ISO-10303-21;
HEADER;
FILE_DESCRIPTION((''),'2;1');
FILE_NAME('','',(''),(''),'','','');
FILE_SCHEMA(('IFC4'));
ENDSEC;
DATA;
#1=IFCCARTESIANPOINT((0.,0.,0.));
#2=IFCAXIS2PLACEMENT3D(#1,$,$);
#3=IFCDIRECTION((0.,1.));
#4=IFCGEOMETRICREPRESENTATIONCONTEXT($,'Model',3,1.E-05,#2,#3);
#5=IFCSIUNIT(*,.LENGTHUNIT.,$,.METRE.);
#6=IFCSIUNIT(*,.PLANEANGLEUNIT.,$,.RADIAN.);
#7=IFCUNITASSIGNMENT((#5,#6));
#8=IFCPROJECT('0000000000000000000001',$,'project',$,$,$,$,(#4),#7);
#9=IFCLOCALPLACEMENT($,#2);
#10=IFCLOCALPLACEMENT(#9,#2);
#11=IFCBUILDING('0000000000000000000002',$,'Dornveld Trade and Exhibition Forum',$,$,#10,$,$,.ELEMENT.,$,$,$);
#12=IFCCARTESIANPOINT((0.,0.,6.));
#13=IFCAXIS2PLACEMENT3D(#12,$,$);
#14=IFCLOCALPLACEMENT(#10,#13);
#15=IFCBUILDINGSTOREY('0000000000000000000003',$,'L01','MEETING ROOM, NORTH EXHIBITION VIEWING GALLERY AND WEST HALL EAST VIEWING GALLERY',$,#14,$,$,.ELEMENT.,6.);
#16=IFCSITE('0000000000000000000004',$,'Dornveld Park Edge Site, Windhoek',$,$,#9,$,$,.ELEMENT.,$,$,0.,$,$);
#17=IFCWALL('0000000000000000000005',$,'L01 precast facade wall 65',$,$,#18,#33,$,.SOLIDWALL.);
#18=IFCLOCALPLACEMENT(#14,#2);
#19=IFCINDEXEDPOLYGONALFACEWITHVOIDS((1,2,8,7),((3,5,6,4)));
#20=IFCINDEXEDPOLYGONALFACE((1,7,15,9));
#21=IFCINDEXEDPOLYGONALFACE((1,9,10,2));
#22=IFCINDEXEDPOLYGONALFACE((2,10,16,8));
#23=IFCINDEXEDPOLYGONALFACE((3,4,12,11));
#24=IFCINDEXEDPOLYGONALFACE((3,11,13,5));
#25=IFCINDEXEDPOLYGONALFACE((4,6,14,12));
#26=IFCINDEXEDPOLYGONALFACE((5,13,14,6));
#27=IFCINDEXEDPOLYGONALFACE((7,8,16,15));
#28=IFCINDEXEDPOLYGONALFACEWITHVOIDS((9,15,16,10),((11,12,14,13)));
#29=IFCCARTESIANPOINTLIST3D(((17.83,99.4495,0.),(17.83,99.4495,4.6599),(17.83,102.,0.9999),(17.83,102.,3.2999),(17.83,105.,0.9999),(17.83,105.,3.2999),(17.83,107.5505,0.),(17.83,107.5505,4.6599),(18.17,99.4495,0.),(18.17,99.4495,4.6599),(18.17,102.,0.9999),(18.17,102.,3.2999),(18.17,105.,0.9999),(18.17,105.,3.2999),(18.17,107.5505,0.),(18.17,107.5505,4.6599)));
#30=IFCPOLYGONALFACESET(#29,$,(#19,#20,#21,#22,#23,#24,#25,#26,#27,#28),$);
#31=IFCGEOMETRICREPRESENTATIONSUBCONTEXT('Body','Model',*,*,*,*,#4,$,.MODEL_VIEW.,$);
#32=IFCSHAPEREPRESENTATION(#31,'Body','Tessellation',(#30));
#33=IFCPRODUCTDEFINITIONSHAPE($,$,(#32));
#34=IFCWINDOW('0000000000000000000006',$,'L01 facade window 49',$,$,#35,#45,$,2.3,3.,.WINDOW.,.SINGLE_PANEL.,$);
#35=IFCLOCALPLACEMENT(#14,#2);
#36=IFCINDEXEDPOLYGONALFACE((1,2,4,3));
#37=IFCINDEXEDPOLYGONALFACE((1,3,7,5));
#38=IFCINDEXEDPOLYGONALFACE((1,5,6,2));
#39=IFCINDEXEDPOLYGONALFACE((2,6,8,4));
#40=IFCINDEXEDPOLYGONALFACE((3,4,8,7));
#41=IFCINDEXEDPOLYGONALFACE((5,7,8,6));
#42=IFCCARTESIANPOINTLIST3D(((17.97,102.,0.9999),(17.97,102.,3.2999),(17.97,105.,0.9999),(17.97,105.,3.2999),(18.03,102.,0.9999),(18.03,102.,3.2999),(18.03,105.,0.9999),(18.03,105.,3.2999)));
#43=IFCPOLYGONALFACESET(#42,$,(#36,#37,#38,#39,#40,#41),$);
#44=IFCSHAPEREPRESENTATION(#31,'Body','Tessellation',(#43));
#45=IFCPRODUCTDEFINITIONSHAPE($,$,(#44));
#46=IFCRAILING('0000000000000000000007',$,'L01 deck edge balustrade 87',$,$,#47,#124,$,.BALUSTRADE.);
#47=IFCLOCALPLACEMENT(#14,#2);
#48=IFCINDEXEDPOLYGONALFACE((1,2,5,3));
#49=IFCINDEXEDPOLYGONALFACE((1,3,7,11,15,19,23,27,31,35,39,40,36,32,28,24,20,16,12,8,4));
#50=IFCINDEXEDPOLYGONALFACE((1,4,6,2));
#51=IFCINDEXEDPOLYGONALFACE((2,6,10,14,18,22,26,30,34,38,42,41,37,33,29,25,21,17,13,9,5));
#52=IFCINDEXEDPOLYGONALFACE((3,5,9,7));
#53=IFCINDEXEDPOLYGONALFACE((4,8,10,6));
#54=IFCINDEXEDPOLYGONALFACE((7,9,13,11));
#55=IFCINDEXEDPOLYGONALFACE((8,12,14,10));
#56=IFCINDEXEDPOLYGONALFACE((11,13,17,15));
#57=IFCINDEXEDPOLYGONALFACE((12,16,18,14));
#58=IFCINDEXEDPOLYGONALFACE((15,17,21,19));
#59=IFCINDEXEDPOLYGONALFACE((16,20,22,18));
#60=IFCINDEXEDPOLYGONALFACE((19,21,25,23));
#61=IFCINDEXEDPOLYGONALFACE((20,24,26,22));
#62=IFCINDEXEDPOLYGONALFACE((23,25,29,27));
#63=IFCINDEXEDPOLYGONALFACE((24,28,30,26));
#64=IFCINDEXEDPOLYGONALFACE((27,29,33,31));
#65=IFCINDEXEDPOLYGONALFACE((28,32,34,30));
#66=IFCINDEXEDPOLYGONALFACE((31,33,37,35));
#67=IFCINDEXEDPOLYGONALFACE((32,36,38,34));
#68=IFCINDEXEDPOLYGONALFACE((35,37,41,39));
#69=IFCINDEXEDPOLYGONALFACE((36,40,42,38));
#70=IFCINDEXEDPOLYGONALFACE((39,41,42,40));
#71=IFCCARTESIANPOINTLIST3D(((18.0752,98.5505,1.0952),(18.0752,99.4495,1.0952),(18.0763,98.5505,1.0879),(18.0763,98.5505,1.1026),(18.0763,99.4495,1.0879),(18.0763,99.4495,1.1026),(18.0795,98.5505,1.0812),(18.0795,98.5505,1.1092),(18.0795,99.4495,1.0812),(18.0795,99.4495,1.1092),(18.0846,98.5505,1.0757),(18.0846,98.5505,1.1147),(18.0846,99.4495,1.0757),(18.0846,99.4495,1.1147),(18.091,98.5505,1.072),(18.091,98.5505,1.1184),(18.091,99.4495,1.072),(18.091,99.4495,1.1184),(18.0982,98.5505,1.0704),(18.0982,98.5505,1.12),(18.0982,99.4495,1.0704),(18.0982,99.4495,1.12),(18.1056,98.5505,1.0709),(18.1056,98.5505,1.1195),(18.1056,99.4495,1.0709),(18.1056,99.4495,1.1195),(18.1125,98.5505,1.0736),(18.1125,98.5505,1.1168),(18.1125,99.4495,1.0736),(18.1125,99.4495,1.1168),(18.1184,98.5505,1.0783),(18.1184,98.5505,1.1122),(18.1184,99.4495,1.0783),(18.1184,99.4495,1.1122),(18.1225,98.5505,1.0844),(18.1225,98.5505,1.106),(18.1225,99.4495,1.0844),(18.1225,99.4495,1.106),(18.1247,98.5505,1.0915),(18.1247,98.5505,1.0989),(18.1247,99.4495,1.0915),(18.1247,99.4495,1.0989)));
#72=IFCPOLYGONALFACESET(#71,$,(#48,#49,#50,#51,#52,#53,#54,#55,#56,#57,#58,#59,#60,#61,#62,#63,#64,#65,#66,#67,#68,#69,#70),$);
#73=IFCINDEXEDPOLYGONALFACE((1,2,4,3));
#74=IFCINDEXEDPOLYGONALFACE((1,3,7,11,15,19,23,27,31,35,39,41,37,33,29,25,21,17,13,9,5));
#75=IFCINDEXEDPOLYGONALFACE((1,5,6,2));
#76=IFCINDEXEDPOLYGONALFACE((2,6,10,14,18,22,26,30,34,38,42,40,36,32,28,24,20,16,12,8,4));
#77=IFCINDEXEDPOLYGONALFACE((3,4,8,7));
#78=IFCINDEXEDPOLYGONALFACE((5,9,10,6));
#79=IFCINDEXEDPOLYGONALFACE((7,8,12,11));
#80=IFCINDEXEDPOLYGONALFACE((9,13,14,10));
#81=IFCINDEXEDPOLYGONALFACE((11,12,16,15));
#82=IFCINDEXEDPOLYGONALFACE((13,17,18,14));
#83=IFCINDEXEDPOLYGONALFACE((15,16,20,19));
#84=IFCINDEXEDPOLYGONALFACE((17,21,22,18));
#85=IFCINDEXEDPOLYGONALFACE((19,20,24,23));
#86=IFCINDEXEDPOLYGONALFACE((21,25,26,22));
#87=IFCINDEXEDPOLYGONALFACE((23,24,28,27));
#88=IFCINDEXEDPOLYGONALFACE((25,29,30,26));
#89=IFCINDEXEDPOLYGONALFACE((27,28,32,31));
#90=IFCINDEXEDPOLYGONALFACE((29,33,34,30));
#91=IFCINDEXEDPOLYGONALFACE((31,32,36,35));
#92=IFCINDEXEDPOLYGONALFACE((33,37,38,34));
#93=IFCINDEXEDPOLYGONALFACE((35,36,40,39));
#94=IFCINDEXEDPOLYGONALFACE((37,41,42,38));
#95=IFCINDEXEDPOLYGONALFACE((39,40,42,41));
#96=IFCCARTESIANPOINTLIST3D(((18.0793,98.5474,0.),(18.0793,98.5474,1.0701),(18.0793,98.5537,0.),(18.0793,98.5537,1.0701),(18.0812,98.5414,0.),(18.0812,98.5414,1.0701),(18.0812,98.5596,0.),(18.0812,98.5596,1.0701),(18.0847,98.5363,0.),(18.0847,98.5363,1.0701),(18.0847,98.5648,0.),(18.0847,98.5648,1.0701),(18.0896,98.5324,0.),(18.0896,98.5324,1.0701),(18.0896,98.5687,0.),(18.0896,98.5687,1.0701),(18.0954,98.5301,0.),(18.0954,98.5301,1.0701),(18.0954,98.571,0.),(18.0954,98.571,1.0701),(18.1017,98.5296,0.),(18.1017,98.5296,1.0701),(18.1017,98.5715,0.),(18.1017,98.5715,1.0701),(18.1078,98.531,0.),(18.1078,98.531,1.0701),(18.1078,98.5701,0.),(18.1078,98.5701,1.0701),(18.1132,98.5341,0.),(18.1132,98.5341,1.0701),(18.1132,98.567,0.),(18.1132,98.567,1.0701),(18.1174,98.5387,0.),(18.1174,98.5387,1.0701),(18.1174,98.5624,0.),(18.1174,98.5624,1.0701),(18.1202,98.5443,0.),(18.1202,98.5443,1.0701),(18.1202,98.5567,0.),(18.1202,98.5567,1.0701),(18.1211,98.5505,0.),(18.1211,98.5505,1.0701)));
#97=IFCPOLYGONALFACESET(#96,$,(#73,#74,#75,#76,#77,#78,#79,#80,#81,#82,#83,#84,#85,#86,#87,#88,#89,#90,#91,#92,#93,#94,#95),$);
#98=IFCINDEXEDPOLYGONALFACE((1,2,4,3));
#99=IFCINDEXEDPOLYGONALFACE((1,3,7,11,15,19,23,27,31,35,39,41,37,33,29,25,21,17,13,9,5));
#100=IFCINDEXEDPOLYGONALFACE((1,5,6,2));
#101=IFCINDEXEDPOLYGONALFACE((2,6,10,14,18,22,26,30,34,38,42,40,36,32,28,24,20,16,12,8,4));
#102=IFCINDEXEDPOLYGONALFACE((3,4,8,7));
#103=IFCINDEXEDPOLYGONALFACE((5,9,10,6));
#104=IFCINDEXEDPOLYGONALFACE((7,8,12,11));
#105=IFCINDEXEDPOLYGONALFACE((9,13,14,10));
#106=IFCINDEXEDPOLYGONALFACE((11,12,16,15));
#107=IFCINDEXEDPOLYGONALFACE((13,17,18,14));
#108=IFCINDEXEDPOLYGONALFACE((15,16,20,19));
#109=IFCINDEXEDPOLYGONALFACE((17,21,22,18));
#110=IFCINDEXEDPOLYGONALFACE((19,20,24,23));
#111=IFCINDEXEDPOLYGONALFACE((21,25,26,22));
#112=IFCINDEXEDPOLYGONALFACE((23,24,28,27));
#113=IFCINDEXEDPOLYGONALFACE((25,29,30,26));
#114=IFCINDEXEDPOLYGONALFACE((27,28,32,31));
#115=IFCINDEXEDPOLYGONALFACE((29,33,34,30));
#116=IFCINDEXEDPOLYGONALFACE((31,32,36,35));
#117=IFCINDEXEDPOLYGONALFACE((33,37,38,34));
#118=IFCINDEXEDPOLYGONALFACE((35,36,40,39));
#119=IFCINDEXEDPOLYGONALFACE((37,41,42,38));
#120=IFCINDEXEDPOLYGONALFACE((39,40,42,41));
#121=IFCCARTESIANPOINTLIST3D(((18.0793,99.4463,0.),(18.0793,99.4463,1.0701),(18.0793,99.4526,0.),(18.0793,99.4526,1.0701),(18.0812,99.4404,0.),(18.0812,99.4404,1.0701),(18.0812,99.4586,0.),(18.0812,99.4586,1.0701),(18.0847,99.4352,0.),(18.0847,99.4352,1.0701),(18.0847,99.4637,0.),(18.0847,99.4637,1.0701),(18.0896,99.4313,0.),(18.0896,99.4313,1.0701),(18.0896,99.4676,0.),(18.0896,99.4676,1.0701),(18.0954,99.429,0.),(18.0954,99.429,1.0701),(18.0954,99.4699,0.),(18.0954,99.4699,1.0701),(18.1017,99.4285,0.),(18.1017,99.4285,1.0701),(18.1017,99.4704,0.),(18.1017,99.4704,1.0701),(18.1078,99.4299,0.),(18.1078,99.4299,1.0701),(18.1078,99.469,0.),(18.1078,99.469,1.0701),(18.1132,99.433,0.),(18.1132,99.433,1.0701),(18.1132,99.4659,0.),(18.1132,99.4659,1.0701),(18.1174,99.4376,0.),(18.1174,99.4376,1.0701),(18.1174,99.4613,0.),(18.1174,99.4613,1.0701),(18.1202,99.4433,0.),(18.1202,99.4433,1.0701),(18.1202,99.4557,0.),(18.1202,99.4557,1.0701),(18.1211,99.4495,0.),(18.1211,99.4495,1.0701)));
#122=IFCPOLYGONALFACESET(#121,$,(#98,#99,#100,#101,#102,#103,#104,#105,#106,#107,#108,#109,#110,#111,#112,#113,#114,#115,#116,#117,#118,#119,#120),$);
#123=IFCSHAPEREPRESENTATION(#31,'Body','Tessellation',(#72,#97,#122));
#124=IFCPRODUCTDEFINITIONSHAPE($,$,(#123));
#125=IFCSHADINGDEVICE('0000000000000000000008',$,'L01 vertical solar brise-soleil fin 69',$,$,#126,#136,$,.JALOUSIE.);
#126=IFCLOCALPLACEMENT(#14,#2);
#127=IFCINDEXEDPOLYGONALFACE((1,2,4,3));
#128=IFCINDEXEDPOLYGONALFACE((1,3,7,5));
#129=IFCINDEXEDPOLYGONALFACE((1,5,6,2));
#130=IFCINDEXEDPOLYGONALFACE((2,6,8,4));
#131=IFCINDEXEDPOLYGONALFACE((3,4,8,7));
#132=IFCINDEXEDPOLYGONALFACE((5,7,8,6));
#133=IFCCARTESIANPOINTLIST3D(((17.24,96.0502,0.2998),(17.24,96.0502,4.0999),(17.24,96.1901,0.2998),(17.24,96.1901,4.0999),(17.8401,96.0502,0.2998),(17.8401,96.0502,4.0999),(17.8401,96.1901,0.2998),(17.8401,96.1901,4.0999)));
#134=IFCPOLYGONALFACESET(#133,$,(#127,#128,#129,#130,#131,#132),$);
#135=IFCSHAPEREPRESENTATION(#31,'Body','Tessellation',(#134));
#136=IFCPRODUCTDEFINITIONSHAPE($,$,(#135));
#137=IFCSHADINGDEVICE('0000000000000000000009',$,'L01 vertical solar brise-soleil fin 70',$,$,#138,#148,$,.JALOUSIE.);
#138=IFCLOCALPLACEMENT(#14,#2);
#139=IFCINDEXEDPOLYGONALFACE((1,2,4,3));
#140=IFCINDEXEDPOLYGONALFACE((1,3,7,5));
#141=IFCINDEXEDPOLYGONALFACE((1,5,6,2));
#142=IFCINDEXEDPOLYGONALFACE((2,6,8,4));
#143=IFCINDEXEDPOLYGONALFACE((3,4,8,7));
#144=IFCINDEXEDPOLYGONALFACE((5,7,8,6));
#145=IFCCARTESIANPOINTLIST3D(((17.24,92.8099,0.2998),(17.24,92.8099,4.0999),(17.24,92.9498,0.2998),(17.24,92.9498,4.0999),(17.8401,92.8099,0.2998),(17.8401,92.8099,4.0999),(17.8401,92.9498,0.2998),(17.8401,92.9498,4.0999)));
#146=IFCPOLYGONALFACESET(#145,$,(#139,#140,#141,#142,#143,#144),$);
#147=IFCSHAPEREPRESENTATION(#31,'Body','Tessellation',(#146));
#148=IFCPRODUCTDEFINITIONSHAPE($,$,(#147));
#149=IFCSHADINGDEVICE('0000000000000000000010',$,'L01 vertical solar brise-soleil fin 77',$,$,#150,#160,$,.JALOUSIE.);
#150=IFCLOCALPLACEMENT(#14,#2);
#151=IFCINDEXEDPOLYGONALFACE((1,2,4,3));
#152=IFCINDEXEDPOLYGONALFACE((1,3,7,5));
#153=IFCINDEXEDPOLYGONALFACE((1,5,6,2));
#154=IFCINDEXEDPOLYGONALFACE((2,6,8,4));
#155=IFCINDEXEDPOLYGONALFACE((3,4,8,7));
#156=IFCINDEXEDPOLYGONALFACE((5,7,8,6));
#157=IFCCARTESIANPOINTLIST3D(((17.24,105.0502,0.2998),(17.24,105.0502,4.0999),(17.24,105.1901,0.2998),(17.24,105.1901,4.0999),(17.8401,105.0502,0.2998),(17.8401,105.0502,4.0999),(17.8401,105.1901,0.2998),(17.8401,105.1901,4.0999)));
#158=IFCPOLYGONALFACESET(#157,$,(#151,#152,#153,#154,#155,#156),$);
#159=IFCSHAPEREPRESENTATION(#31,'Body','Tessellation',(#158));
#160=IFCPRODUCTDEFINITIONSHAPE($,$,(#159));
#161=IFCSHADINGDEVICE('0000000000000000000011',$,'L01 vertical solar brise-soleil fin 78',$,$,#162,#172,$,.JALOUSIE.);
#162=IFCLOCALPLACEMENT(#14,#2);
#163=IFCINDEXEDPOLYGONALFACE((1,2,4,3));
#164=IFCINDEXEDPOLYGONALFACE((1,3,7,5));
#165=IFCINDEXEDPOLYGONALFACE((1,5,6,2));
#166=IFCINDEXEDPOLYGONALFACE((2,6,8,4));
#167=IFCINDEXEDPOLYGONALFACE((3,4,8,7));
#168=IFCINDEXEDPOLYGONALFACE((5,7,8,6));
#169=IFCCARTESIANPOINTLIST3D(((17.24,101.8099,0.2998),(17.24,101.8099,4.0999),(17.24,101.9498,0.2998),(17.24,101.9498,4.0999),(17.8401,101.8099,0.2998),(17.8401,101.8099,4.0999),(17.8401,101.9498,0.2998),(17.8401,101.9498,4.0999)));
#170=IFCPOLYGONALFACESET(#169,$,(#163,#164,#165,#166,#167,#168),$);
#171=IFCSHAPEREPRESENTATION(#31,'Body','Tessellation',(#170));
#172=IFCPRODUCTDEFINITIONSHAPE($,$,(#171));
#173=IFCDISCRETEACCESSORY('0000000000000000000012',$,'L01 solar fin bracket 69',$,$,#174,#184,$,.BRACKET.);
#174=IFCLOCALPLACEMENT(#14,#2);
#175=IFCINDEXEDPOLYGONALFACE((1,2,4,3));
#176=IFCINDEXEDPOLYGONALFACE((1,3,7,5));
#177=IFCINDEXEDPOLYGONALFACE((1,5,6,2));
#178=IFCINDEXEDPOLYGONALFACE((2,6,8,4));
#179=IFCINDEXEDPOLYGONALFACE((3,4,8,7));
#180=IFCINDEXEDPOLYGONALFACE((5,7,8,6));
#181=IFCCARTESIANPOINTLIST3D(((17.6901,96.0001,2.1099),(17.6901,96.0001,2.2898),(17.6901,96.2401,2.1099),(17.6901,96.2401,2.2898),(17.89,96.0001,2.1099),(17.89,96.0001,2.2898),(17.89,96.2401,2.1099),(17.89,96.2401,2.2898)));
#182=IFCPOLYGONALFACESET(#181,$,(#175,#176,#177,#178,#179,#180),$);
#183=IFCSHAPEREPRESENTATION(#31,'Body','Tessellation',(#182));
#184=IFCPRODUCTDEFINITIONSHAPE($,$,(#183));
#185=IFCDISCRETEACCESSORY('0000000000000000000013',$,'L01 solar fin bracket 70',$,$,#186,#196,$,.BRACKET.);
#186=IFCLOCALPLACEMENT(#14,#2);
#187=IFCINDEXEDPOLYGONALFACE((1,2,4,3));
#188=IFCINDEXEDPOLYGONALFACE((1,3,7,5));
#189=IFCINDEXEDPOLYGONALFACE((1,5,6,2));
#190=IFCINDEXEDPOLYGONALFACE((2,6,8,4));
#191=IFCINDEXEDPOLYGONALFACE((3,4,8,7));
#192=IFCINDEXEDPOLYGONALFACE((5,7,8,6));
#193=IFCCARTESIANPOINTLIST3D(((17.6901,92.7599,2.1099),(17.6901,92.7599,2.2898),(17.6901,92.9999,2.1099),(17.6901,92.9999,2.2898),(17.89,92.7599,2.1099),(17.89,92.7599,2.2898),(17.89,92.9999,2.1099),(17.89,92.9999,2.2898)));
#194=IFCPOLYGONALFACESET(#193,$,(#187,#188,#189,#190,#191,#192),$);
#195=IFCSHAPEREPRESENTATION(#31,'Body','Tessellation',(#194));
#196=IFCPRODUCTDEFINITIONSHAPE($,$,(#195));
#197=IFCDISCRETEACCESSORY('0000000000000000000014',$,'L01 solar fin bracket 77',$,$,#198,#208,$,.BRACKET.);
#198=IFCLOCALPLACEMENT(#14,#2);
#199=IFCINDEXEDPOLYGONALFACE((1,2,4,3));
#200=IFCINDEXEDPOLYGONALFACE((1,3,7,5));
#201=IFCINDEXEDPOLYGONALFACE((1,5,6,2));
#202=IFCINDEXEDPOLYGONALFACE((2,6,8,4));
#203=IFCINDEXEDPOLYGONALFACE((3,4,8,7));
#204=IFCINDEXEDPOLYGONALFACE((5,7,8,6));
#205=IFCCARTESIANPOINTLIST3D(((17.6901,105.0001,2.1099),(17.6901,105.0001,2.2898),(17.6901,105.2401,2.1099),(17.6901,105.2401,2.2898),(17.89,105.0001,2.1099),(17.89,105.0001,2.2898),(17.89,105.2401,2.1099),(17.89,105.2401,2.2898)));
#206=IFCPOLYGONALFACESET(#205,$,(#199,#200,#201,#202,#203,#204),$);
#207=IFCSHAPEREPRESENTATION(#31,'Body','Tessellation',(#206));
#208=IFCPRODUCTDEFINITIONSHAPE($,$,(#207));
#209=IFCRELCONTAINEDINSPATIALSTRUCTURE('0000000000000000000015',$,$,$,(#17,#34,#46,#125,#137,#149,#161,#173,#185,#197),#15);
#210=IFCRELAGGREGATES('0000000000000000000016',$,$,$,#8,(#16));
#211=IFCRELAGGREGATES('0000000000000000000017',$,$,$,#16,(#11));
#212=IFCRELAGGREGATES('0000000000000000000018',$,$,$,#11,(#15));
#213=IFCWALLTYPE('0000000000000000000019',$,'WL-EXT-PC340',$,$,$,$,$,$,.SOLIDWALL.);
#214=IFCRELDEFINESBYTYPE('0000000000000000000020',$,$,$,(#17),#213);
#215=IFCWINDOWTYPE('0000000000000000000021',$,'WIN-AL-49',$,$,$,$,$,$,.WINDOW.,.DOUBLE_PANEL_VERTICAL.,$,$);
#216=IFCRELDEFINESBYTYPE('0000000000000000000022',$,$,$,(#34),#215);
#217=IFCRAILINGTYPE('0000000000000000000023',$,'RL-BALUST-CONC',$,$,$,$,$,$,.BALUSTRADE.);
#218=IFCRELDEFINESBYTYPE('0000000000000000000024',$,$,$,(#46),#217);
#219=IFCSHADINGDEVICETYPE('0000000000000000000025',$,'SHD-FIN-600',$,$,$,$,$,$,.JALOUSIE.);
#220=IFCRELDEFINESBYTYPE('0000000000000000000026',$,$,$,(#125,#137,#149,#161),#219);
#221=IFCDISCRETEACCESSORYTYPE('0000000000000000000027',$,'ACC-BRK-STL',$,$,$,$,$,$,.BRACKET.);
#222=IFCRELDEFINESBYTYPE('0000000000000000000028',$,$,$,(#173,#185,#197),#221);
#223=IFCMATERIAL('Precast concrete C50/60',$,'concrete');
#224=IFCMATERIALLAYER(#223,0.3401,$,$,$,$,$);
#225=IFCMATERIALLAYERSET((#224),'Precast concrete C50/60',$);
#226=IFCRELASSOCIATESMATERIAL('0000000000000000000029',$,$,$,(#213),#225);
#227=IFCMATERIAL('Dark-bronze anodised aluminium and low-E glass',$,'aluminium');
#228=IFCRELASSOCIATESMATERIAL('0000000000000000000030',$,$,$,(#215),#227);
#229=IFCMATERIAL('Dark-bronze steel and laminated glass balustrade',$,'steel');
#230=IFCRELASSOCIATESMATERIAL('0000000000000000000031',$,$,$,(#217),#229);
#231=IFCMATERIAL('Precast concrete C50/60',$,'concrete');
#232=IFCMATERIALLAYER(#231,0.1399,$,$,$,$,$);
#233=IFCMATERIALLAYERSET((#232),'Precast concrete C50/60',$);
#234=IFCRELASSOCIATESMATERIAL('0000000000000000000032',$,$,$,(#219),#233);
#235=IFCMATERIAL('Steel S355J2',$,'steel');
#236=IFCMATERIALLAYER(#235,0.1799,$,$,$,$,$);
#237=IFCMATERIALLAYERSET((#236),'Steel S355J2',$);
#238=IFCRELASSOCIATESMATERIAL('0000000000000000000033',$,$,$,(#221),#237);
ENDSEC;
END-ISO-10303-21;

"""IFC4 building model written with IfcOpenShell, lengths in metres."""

from ifc_helpers import new_model, si_unit, direction, frame, frame_2d, origin, origin_2d, place, context, subcontext, project, spatial, rectangle, circle, extrude, material, layer, layer_set, type_object, element, fill, save


model = new_model("IFC4")

# Units and contexts
model_context = context("Model", 3, precision=1e-05, world=origin(), true_north=direction((0.0, 1.0)))
body_context = subcontext(model_context, "Body", "Model", "MODEL_VIEW")
ifc_project = project(units=[si_unit("LENGTHUNIT", "METRE"), si_unit("PLANEANGLEUNIT", "RADIAN")], contexts=[model_context])

# Site, building, storey
site_placement = place(None, origin())
site = spatial("IfcSite", under=ifc_project, at=site_placement, Name="Dornveld Park Edge Site, Windhoek", CompositionType="ELEMENT", RefElevation=0.0)
building_placement = place(site_placement, origin())
building = spatial("IfcBuilding", under=site, at=building_placement, Name="Dornveld Trade and Exhibition Forum", CompositionType="ELEMENT")
storey_placement = place(building_placement, frame((0.0, 0.0, 6.0)))
storey = spatial("IfcBuildingStorey", under=building, at=storey_placement, Name="L01", Description="MEETING ROOM, NORTH EXHIBITION VIEWING GALLERY AND WEST HALL EAST VIEWING GALLERY", CompositionType="ELEMENT", Elevation=6.0)

# Wall, opening, window
ifc_material_1 = material(Name="Precast concrete C50/60", Category="concrete")
ifc_layer_1 = layer(ifc_material_1, 0.3401)
ifc_layer_set_1 = layer_set([ifc_layer_1], Name="Precast concrete C50/60")
wall_type = type_object("IfcWallType", Name="WL-EXT-PC340", PredefinedType="SOLIDWALL", material=ifc_layer_set_1)
wall_1_placement = place(storey_placement, frame((18.0, 107.5505, 0.0), z_axis=(0.0, 0.0, 1.0), x_axis=(0.0, -1.0, 0.0)))
wall_1 = element("IfcWall", 1, at=wall_1_placement, inside=storey, type_object=wall_type, Name="L01 precast facade wall 65", PredefinedType="SOLIDWALL", context=body_context, shape_type="SweptSolid", body=[
    extrude(rectangle(XDim=8.1011, YDim=0.3401, at=frame_2d((4.0505, 0.0))), origin(), (0.0, 0.0, 1.0), 4.6599),
])
opening_1_placement = place(wall_1_placement, frame((2.5505, 0.0, 1.0)))
opening_1 = element("IfcOpeningElement", 2, at=opening_1_placement, cuts=wall_1, PredefinedType="OPENING", context=body_context, shape_type="SweptSolid", body=[
    extrude(rectangle(XDim=3.0, YDim=2.3, at=frame_2d((1.5, 1.1499))), frame((0.0, 0.1799, 0.0), z_axis=(0.0, -1.0, 0.0), x_axis=(1.0, 0.0, 0.0)), (0.0, 0.0, 1.0), 0.3601),
])
ifc_material_2 = material(Name="Dark-bronze anodised aluminium and low-E glass", Category="aluminium")
window_type_1 = type_object("IfcWindowType", Name="WIN-AL-49", PartitioningType="DOUBLE_PANEL_VERTICAL", PredefinedType="WINDOW", material=ifc_material_2)
window_1_placement = place(opening_1_placement, origin())
window_1 = element("IfcWindow", 3, at=window_1_placement, inside=storey, type_object=window_type_1, Name="L01 facade window 49", OverallHeight=2.3, OverallWidth=3.0, PartitioningType="SINGLE_PANEL", PredefinedType="WINDOW", context=body_context, shape_type="SweptSolid", body=[
    extrude(rectangle(XDim=3.0, YDim=2.3, at=frame_2d((1.5, 1.1499))), frame((0.0, 0.03, 0.0), z_axis=(0.0, -1.0, 0.0), x_axis=(1.0, 0.0, 0.0)), (0.0, 0.0, 1.0), 0.0601),
])
fill(opening_1, window_1)

# Railing
ifc_material_3 = material(Name="Dark-bronze steel and laminated glass balustrade", Category="steel")
railing_type_1 = type_object("IfcRailingType", Name="RL-BALUST-CONC", PredefinedType="BALUSTRADE", material=ifc_material_3)
railing_1_placement = place(storey_placement, frame((18.1001, 98.5505, 0.0)))
element("IfcRailing", 4, at=railing_1_placement, inside=storey, type_object=railing_type_1, Name="L01 deck edge balustrade 87", PredefinedType="BALUSTRADE", context=body_context, shape_type="SweptSolid", body=[
    extrude(circle(Radius=0.0249, at=origin_2d()), frame((0.0, 0.0, 1.0952), z_axis=(0.0, 1.0, 0.0), x_axis=(-1.0, 0.0, 0.0)), (0.0, 0.0, 1.0), 0.8989),
    extrude(circle(Radius=0.021, at=origin_2d()), origin(), (0.0, 0.0, 1.0), 1.0701),
    extrude(circle(Radius=0.021, at=origin_2d()), frame((0.0, 0.8989, 0.0)), (0.0, 0.0, 1.0), 1.0701),
])

# Shading devices
ifc_material_4 = material(Name="Precast concrete C50/60", Category="concrete")
ifc_layer_2 = layer(ifc_material_4, 0.1399)
ifc_layer_set_2 = layer_set([ifc_layer_2], Name="Precast concrete C50/60")
shading_device_type = type_object("IfcShadingDeviceType", Name="SHD-FIN-600", PredefinedType="JALOUSIE", material=ifc_layer_set_2)
for number, where, z_axis, x_axis, name in (
    (5, (17.54, 96.1201, 0.2998), (0.0, 0.0, 1.0), (0.0, -1.0, 0.0), "L01 vertical solar brise-soleil fin 69"),
    (6, (17.54, 92.8799, 0.2998), (0.0, 0.0, 1.0), (0.0, -1.0, 0.0), "L01 vertical solar brise-soleil fin 70"),
    (7, (17.54, 105.1201, 0.2998), (0.0, 0.0, 1.0), (0.0, -1.0, 0.0), "L01 vertical solar brise-soleil fin 77"),
    (8, (17.54, 101.8799, 0.2998), (0.0, 0.0, 1.0), (0.0, -1.0, 0.0), "L01 vertical solar brise-soleil fin 78"),
):
    element("IfcShadingDevice", number, at=place(storey_placement, frame(where, z_axis=z_axis, x_axis=x_axis)), inside=storey, type_object=shading_device_type, Name=name, PredefinedType="JALOUSIE", context=body_context, shape_type="SweptSolid", body=[
        extrude(rectangle(XDim=0.1399, YDim=0.6001, at=origin_2d()), origin(), (0.0, 0.0, 1.0), 3.8),
    ])

# Discrete accessories
ifc_material_5 = material(Name="Steel S355J2", Category="steel")
ifc_layer_3 = layer(ifc_material_5, 0.1799)
ifc_layer_set_3 = layer_set([ifc_layer_3], Name="Steel S355J2")
discrete_accessory_type = type_object("IfcDiscreteAccessoryType", Name="ACC-BRK-STL", PredefinedType="BRACKET", material=ifc_layer_set_3)
for number, where, z_axis, x_axis, name in (
    (9, (17.79, 96.1201, 2.1099), (0.0, 0.0, 1.0), (0.0, -1.0, 0.0), "L01 solar fin bracket 69"),
    (10, (17.79, 92.8799, 2.1099), (0.0, 0.0, 1.0), (0.0, -1.0, 0.0), "L01 solar fin bracket 70"),
    (11, (17.79, 105.1201, 2.1099), (0.0, 0.0, 1.0), (0.0, -1.0, 0.0), "L01 solar fin bracket 77"),
):
    element("IfcDiscreteAccessory", number, at=place(storey_placement, frame(where, z_axis=z_axis, x_axis=x_axis)), inside=storey, type_object=discrete_accessory_type, Name=name, PredefinedType="BRACKET", context=body_context, shape_type="SweptSolid", body=[
        extrude(rectangle(XDim=0.24, YDim=0.2, at=origin_2d()), origin(), (0.0, 0.0, 1.0), 0.1799),
    ])

save(model, "model.ifc")
